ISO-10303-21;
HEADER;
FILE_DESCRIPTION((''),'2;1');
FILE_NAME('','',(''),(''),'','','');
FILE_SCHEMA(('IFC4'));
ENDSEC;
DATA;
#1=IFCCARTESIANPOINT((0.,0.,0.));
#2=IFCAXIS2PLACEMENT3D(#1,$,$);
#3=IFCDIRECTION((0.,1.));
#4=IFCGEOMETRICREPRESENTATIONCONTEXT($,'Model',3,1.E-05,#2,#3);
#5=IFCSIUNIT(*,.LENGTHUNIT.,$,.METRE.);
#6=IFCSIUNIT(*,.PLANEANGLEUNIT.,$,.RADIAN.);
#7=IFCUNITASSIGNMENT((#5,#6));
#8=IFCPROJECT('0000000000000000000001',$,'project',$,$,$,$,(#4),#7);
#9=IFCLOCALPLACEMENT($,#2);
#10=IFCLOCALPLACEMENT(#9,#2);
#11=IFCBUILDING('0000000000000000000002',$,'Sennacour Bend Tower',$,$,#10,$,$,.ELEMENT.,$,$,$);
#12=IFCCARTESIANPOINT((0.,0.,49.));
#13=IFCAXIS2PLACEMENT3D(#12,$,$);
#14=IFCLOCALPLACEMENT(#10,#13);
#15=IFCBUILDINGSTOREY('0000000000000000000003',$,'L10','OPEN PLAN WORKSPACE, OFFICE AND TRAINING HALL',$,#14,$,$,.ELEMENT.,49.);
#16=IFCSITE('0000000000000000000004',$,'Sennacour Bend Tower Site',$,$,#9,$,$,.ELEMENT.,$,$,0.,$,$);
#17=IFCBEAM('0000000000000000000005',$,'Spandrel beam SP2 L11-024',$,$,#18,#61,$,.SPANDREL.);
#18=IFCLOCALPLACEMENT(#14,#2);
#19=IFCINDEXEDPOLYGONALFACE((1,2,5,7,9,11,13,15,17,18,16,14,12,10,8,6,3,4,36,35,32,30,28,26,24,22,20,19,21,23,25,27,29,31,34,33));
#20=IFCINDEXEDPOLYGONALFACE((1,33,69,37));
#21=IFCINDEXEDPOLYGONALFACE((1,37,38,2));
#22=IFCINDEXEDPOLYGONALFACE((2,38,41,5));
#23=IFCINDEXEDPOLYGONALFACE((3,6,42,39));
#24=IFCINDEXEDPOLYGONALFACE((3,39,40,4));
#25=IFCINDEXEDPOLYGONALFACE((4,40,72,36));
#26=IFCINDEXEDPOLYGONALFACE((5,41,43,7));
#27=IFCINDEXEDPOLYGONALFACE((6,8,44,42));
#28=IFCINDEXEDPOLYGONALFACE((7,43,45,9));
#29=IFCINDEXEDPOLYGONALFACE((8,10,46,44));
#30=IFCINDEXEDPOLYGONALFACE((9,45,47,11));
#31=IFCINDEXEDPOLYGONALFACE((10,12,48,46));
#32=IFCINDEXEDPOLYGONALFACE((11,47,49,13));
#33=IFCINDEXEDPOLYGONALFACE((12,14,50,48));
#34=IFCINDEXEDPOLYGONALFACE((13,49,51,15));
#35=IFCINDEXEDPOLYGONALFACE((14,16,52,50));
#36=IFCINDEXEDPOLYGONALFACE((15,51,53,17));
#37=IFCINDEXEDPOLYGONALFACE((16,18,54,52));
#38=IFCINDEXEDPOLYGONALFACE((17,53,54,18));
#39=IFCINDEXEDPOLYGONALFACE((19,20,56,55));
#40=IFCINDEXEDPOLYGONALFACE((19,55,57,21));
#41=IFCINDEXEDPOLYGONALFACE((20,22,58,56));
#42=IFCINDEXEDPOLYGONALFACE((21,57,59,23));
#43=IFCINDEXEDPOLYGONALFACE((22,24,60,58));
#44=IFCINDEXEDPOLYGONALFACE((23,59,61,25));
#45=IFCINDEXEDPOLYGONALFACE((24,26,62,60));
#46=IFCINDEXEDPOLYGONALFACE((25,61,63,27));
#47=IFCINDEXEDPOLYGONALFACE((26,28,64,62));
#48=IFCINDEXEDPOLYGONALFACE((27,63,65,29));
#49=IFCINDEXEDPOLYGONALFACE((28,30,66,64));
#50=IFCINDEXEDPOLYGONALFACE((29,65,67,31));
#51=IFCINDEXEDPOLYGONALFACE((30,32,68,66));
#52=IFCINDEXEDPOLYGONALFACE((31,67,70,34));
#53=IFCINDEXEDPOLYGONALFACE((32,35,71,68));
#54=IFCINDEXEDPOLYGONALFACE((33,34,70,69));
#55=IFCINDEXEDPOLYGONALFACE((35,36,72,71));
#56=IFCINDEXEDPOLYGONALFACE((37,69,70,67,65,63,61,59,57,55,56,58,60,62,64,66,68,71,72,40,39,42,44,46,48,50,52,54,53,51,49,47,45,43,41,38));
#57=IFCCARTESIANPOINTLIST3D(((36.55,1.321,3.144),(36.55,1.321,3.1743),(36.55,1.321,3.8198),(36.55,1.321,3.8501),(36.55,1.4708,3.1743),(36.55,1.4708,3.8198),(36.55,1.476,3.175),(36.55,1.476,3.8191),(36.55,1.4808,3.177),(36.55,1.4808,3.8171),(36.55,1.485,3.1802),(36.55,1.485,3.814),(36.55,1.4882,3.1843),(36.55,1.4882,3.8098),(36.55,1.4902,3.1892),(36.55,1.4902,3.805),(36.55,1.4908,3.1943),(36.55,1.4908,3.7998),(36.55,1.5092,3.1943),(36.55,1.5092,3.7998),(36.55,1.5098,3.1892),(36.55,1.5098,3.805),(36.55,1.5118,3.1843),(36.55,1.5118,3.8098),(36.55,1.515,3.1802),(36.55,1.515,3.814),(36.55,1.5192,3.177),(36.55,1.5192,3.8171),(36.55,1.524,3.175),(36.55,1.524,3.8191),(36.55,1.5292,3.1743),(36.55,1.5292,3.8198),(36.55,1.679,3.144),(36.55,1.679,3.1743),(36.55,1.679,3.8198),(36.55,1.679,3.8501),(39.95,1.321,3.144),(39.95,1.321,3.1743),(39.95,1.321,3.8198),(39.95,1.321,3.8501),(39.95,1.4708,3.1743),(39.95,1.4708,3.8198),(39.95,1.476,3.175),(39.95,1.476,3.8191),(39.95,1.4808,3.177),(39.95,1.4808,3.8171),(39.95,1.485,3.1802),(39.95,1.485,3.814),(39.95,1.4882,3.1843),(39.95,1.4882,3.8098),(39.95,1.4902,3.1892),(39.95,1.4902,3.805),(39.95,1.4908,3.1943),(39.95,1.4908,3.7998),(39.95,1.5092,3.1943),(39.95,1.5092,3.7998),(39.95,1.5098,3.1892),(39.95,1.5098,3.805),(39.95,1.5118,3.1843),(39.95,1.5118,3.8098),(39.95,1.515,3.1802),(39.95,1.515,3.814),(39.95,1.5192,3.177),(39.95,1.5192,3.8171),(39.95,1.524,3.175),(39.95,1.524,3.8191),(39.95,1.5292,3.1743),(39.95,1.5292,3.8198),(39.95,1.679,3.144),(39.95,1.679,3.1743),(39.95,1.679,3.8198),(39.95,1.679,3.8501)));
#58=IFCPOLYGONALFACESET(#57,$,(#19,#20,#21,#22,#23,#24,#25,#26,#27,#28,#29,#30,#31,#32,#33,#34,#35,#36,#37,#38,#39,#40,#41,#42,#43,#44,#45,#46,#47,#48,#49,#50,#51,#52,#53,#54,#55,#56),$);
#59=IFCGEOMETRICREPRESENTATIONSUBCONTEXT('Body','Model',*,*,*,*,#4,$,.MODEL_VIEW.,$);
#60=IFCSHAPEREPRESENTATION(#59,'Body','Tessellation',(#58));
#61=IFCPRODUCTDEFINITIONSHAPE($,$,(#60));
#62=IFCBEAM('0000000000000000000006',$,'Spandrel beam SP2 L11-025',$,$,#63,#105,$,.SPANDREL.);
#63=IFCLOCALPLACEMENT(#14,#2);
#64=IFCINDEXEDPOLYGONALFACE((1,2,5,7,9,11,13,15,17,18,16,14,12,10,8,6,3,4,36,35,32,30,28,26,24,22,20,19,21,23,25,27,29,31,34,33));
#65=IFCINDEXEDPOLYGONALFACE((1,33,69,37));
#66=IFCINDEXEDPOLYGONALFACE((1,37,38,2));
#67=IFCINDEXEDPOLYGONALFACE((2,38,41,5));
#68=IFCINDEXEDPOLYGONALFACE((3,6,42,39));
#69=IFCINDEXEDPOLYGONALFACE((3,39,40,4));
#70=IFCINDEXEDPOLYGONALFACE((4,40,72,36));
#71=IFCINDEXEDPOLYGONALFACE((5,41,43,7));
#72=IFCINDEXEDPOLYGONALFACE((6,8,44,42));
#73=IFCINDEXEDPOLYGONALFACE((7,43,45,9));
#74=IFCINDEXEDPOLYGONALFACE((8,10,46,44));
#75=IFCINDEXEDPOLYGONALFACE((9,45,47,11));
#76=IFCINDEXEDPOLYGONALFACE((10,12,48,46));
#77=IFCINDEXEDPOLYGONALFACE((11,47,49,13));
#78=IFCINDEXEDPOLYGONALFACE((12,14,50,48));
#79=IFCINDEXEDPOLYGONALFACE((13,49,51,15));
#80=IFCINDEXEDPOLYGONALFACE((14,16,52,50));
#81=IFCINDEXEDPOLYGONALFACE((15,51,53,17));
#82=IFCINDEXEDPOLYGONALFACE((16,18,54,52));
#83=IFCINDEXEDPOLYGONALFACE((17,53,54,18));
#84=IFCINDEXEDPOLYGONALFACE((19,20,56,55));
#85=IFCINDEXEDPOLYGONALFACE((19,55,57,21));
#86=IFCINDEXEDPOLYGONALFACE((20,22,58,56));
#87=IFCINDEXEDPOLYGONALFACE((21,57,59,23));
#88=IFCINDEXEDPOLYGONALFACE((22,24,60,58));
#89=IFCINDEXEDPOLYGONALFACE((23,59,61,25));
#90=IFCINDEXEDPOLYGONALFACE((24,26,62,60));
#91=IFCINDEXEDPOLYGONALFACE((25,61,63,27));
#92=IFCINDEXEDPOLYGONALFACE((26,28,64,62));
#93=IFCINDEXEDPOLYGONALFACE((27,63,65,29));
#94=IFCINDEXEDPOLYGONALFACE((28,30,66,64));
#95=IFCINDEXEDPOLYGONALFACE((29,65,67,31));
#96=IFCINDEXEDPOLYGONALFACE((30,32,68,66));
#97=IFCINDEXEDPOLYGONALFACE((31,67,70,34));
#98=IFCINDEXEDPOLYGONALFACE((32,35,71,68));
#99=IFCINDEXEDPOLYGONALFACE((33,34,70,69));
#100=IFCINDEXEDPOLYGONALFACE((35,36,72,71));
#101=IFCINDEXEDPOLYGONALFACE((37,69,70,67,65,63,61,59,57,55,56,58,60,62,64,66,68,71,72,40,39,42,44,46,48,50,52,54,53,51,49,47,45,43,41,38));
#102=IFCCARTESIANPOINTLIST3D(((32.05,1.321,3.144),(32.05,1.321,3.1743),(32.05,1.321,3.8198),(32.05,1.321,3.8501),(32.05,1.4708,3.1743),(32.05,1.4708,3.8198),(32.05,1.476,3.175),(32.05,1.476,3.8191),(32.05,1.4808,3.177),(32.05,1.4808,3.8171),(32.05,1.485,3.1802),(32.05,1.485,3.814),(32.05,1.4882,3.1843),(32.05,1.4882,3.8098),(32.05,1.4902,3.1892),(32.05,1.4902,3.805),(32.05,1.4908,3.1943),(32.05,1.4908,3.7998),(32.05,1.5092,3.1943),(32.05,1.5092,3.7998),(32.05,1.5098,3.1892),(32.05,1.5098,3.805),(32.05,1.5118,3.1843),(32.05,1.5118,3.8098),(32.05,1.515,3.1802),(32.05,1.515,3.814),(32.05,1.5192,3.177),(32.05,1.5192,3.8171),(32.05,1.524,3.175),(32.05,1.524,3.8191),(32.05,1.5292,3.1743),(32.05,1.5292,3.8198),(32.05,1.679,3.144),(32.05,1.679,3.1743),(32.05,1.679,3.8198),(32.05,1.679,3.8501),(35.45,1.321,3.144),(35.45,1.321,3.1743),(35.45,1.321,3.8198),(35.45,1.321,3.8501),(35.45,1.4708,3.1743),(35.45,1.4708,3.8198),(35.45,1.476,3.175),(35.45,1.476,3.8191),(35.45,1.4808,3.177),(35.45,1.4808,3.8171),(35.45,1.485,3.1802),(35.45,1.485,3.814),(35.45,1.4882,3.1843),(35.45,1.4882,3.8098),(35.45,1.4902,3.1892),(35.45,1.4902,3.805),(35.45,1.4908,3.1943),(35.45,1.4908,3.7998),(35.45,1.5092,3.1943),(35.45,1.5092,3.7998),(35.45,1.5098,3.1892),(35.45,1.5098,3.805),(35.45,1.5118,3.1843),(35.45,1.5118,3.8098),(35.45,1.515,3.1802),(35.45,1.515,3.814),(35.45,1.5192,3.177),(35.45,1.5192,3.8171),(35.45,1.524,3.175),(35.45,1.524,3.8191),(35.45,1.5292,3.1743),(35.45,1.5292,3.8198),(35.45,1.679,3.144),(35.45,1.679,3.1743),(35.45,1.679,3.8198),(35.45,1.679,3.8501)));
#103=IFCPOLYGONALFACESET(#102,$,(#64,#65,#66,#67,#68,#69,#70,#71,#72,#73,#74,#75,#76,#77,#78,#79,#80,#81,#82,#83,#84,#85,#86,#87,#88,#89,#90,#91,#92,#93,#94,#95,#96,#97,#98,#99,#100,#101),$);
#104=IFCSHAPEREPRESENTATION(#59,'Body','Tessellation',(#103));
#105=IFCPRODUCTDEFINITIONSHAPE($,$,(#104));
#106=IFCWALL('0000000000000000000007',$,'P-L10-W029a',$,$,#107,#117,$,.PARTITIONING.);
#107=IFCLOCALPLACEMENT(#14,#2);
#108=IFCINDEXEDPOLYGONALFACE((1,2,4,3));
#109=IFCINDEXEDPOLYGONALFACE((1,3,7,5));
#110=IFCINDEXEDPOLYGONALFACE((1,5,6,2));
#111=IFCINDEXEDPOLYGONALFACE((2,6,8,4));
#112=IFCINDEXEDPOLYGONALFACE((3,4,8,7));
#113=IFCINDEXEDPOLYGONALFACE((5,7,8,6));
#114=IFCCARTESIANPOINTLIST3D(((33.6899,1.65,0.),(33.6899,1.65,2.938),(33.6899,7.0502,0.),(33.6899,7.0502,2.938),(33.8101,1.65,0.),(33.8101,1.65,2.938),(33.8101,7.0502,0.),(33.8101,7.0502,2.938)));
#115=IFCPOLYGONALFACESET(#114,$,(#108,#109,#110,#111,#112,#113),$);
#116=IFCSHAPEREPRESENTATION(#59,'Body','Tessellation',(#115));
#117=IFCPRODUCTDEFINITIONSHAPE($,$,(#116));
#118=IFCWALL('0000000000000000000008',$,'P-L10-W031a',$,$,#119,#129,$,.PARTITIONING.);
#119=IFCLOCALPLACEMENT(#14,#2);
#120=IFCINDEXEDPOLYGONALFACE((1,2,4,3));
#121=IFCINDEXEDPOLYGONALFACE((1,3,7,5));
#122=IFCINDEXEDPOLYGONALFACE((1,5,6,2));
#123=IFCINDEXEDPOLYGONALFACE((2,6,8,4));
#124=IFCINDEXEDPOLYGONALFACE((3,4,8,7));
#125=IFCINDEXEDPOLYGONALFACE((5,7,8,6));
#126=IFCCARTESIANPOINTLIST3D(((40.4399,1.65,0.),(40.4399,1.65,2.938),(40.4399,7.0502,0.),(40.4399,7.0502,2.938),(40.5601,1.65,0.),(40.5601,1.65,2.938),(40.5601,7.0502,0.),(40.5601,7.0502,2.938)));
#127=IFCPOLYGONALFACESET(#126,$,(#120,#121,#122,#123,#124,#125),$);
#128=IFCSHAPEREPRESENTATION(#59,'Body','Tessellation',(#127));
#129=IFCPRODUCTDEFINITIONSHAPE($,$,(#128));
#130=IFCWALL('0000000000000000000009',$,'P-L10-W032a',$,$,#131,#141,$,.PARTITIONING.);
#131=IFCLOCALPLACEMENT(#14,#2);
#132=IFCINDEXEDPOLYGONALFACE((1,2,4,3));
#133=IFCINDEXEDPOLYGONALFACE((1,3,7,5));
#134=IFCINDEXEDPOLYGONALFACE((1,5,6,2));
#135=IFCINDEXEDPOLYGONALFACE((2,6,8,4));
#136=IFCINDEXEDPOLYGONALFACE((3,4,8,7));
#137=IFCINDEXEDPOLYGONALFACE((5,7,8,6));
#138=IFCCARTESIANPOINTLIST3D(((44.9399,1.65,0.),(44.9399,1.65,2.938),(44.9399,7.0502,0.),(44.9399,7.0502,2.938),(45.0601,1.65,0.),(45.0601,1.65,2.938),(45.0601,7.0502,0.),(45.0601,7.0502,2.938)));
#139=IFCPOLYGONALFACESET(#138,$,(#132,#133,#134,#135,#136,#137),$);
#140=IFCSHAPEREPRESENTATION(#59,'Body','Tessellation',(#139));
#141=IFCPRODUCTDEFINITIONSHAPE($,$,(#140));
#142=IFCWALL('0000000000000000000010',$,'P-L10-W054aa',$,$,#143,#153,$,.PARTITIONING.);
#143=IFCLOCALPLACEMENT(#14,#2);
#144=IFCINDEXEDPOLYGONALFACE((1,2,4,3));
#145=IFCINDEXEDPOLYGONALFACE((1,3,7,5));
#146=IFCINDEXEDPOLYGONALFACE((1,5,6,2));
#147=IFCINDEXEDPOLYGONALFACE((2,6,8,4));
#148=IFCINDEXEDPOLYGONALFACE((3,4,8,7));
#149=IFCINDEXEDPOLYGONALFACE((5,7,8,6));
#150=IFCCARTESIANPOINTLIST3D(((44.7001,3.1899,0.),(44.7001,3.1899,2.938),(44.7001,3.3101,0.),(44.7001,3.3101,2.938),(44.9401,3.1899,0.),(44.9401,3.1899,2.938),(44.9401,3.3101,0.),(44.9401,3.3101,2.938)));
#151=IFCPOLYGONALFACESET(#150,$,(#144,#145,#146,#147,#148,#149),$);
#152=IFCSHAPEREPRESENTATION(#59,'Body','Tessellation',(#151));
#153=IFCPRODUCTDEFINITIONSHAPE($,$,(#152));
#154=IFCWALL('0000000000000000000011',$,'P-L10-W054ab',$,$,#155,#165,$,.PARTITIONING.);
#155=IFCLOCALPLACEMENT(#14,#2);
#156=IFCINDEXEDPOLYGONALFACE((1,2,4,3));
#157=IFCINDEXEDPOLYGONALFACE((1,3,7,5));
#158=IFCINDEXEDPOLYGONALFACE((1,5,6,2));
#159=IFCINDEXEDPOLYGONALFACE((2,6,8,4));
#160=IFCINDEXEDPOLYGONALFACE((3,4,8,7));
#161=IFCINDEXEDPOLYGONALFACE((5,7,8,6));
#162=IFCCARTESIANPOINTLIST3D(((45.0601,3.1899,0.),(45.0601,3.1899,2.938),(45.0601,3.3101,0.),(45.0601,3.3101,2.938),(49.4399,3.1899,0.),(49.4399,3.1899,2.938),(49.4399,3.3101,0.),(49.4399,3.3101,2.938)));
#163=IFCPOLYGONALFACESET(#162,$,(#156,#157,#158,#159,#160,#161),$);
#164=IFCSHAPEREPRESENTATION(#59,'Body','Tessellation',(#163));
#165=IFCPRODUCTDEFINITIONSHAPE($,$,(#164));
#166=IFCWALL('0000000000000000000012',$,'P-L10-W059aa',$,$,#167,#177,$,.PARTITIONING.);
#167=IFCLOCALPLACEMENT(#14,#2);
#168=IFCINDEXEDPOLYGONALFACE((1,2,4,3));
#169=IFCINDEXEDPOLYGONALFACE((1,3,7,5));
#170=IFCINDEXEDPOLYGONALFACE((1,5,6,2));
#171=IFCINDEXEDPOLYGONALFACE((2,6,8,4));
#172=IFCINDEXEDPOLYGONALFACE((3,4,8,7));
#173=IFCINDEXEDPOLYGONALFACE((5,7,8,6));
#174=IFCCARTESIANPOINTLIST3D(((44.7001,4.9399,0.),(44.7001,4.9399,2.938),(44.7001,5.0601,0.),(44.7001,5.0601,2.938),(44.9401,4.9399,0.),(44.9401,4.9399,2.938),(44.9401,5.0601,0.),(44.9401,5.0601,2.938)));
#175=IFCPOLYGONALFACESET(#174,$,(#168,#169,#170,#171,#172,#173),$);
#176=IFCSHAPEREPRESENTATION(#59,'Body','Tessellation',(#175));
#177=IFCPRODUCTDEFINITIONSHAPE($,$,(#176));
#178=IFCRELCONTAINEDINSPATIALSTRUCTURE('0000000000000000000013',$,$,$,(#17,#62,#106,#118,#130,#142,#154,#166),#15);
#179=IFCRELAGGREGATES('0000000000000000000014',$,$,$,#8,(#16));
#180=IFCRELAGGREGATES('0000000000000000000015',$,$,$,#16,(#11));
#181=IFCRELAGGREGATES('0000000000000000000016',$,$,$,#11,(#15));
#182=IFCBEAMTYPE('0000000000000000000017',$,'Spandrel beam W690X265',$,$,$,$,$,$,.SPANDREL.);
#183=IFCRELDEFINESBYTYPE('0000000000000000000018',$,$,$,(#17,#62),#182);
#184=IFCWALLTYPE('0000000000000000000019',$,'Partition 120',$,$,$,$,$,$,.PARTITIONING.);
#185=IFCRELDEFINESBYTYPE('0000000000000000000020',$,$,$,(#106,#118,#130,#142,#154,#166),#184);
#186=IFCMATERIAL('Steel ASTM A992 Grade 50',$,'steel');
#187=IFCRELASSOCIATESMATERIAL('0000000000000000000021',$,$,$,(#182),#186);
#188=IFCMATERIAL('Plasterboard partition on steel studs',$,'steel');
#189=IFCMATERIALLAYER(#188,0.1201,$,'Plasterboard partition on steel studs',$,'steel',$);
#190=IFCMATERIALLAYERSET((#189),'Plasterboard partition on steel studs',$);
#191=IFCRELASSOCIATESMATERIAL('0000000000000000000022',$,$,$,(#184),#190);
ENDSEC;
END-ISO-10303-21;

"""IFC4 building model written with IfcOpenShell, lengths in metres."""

from ifc_helpers import new_model, si_unit, direction, frame, frame_2d, origin, origin_2d, place, context, subcontext, project, spatial, rectangle, i_section, extrude, material, layer, layer_set, material_profile, profile_set, type_object, element, save


model = new_model("IFC4")

# Units and contexts
model_context = context("Model", 3, precision=1e-05, world=origin(), true_north=direction((0.0, 1.0)))
body_context = subcontext(model_context, "Body", "Model", "MODEL_VIEW")
ifc_project = project(units=[si_unit("LENGTHUNIT", "METRE"), si_unit("PLANEANGLEUNIT", "RADIAN")], contexts=[model_context])

# Site, building, storey
site_placement = place(None, origin())
site = spatial("IfcSite", under=ifc_project, at=site_placement, Name="Sennacour Bend Tower Site", CompositionType="ELEMENT", RefElevation=0.0)
building_placement = place(site_placement, origin())
building = spatial("IfcBuilding", under=site, at=building_placement, Name="Sennacour Bend Tower", CompositionType="ELEMENT")
storey_placement = place(building_placement, frame((0.0, 0.0, 49.0)))
storey = spatial("IfcBuildingStorey", under=building, at=storey_placement, Name="L10", Description="OPEN PLAN WORKSPACE, OFFICE AND TRAINING HALL", CompositionType="ELEMENT", Elevation=49.0)

# Beams
ifc_material_1 = material(Name="Steel ASTM A992 Grade 50", Category="steel")
ifc_material_profile_1 = material_profile(ifc_material_1, i_section(OverallWidth=0.3579, OverallDepth=0.7061, WebThickness=0.0183, FlangeThickness=0.0303, FilletRadius=0.02, at=origin_2d()), Name="Steel ASTM A992 Grade 50", Category="steel")
ifc_profile_set_1 = profile_set([ifc_material_profile_1], Name="Steel ASTM A992 Grade 50")
beam_type_1 = type_object("IfcBeamType", Name="Spandrel beam W690X265", PredefinedType="SPANDREL", material=ifc_profile_set_1)
for number, where, z_axis, x_axis, name in (
    (1, (39.95, 1.5, 3.4971), (-1.0, 0.0, 0.0), (0.0, -1.0, 0.0), "Spandrel beam SP2 L11-024"),
    (2, (35.45, 1.5, 3.4971), (-1.0, 0.0, 0.0), (0.0, -1.0, 0.0), "Spandrel beam SP2 L11-025"),
):
    element("IfcBeam", number, at=place(storey_placement, frame(where, z_axis=z_axis, x_axis=x_axis)), inside=storey, type_object=beam_type_1, Name=name, PredefinedType="SPANDREL", context=body_context, shape_type="SweptSolid", body=[
        extrude(i_section(OverallWidth=0.3579, OverallDepth=0.7061, WebThickness=0.0183, FlangeThickness=0.0303, FilletRadius=0.02, at=origin_2d()), origin(), (0.0, 0.0, 1.0), 3.3999),
    ])

# Walls
ifc_material_2 = material(Name="Plasterboard partition on steel studs", Category="steel")
ifc_layer_1 = layer(ifc_material_2, 0.1201, Name="Plasterboard partition on steel studs", Category="steel")
ifc_layer_set_1 = layer_set([ifc_layer_1], Name="Plasterboard partition on steel studs")
wall_type_1 = type_object("IfcWallType", Name="Partition 120", PredefinedType="PARTITIONING", material=ifc_layer_set_1)
for number, where, z_axis, x_axis, name in (
    (3, (33.75, 1.6499, 0.0), (0.0, 0.0, 1.0), (0.0, 1.0, 0.0), "P-L10-W029a"),
    (4, (40.5, 1.6499, 0.0), (0.0, 0.0, 1.0), (0.0, 1.0, 0.0), "P-L10-W031a"),
    (5, (45.0, 1.6499, 0.0), (0.0, 0.0, 1.0), (0.0, 1.0, 0.0), "P-L10-W032a"),
):
    element("IfcWall", number, at=place(storey_placement, frame(where, z_axis=z_axis, x_axis=x_axis)), inside=storey, type_object=wall_type_1, Name=name, PredefinedType="PARTITIONING", context=body_context, shape_type="SweptSolid", body=[
        extrude(rectangle(XDim=5.4001, YDim=0.1201, at=frame_2d((2.7002, 0.0))), origin(), (0.0, 0.0, 1.0), 2.938),
    ])
wall_1_placement = place(storey_placement, frame((44.7, 3.25, 0.0), z_axis=(0.0, 0.0, 1.0), x_axis=(1.0, 0.0, 0.0)))
element("IfcWall", 6, at=wall_1_placement, inside=storey, type_object=wall_type_1, Name="P-L10-W054aa", PredefinedType="PARTITIONING", context=body_context, shape_type="SweptSolid", body=[
    extrude(rectangle(XDim=0.24, YDim=0.1201, at=frame_2d((0.1201, 0.0))), origin(), (0.0, 0.0, 1.0), 2.938),
])
wall_2_placement = place(storey_placement, frame((45.0601, 3.25, 0.0), z_axis=(0.0, 0.0, 1.0), x_axis=(1.0, 0.0, 0.0)))
element("IfcWall", 7, at=wall_2_placement, inside=storey, type_object=wall_type_1, Name="P-L10-W054ab", PredefinedType="PARTITIONING", context=body_context, shape_type="SweptSolid", body=[
    extrude(rectangle(XDim=4.3799, YDim=0.1201, at=frame_2d((2.1899, 0.0))), origin(), (0.0, 0.0, 1.0), 2.938),
])
wall_3_placement = place(storey_placement, frame((44.7, 5.0, 0.0), z_axis=(0.0, 0.0, 1.0), x_axis=(1.0, 0.0, 0.0)))
element("IfcWall", 8, at=wall_3_placement, inside=storey, type_object=wall_type_1, Name="P-L10-W059aa", PredefinedType="PARTITIONING", context=body_context, shape_type="SweptSolid", body=[
    extrude(rectangle(XDim=0.24, YDim=0.1201, at=frame_2d((0.1201, 0.0))), origin(), (0.0, 0.0, 1.0), 2.938),
])

save(model, "model.ifc")
